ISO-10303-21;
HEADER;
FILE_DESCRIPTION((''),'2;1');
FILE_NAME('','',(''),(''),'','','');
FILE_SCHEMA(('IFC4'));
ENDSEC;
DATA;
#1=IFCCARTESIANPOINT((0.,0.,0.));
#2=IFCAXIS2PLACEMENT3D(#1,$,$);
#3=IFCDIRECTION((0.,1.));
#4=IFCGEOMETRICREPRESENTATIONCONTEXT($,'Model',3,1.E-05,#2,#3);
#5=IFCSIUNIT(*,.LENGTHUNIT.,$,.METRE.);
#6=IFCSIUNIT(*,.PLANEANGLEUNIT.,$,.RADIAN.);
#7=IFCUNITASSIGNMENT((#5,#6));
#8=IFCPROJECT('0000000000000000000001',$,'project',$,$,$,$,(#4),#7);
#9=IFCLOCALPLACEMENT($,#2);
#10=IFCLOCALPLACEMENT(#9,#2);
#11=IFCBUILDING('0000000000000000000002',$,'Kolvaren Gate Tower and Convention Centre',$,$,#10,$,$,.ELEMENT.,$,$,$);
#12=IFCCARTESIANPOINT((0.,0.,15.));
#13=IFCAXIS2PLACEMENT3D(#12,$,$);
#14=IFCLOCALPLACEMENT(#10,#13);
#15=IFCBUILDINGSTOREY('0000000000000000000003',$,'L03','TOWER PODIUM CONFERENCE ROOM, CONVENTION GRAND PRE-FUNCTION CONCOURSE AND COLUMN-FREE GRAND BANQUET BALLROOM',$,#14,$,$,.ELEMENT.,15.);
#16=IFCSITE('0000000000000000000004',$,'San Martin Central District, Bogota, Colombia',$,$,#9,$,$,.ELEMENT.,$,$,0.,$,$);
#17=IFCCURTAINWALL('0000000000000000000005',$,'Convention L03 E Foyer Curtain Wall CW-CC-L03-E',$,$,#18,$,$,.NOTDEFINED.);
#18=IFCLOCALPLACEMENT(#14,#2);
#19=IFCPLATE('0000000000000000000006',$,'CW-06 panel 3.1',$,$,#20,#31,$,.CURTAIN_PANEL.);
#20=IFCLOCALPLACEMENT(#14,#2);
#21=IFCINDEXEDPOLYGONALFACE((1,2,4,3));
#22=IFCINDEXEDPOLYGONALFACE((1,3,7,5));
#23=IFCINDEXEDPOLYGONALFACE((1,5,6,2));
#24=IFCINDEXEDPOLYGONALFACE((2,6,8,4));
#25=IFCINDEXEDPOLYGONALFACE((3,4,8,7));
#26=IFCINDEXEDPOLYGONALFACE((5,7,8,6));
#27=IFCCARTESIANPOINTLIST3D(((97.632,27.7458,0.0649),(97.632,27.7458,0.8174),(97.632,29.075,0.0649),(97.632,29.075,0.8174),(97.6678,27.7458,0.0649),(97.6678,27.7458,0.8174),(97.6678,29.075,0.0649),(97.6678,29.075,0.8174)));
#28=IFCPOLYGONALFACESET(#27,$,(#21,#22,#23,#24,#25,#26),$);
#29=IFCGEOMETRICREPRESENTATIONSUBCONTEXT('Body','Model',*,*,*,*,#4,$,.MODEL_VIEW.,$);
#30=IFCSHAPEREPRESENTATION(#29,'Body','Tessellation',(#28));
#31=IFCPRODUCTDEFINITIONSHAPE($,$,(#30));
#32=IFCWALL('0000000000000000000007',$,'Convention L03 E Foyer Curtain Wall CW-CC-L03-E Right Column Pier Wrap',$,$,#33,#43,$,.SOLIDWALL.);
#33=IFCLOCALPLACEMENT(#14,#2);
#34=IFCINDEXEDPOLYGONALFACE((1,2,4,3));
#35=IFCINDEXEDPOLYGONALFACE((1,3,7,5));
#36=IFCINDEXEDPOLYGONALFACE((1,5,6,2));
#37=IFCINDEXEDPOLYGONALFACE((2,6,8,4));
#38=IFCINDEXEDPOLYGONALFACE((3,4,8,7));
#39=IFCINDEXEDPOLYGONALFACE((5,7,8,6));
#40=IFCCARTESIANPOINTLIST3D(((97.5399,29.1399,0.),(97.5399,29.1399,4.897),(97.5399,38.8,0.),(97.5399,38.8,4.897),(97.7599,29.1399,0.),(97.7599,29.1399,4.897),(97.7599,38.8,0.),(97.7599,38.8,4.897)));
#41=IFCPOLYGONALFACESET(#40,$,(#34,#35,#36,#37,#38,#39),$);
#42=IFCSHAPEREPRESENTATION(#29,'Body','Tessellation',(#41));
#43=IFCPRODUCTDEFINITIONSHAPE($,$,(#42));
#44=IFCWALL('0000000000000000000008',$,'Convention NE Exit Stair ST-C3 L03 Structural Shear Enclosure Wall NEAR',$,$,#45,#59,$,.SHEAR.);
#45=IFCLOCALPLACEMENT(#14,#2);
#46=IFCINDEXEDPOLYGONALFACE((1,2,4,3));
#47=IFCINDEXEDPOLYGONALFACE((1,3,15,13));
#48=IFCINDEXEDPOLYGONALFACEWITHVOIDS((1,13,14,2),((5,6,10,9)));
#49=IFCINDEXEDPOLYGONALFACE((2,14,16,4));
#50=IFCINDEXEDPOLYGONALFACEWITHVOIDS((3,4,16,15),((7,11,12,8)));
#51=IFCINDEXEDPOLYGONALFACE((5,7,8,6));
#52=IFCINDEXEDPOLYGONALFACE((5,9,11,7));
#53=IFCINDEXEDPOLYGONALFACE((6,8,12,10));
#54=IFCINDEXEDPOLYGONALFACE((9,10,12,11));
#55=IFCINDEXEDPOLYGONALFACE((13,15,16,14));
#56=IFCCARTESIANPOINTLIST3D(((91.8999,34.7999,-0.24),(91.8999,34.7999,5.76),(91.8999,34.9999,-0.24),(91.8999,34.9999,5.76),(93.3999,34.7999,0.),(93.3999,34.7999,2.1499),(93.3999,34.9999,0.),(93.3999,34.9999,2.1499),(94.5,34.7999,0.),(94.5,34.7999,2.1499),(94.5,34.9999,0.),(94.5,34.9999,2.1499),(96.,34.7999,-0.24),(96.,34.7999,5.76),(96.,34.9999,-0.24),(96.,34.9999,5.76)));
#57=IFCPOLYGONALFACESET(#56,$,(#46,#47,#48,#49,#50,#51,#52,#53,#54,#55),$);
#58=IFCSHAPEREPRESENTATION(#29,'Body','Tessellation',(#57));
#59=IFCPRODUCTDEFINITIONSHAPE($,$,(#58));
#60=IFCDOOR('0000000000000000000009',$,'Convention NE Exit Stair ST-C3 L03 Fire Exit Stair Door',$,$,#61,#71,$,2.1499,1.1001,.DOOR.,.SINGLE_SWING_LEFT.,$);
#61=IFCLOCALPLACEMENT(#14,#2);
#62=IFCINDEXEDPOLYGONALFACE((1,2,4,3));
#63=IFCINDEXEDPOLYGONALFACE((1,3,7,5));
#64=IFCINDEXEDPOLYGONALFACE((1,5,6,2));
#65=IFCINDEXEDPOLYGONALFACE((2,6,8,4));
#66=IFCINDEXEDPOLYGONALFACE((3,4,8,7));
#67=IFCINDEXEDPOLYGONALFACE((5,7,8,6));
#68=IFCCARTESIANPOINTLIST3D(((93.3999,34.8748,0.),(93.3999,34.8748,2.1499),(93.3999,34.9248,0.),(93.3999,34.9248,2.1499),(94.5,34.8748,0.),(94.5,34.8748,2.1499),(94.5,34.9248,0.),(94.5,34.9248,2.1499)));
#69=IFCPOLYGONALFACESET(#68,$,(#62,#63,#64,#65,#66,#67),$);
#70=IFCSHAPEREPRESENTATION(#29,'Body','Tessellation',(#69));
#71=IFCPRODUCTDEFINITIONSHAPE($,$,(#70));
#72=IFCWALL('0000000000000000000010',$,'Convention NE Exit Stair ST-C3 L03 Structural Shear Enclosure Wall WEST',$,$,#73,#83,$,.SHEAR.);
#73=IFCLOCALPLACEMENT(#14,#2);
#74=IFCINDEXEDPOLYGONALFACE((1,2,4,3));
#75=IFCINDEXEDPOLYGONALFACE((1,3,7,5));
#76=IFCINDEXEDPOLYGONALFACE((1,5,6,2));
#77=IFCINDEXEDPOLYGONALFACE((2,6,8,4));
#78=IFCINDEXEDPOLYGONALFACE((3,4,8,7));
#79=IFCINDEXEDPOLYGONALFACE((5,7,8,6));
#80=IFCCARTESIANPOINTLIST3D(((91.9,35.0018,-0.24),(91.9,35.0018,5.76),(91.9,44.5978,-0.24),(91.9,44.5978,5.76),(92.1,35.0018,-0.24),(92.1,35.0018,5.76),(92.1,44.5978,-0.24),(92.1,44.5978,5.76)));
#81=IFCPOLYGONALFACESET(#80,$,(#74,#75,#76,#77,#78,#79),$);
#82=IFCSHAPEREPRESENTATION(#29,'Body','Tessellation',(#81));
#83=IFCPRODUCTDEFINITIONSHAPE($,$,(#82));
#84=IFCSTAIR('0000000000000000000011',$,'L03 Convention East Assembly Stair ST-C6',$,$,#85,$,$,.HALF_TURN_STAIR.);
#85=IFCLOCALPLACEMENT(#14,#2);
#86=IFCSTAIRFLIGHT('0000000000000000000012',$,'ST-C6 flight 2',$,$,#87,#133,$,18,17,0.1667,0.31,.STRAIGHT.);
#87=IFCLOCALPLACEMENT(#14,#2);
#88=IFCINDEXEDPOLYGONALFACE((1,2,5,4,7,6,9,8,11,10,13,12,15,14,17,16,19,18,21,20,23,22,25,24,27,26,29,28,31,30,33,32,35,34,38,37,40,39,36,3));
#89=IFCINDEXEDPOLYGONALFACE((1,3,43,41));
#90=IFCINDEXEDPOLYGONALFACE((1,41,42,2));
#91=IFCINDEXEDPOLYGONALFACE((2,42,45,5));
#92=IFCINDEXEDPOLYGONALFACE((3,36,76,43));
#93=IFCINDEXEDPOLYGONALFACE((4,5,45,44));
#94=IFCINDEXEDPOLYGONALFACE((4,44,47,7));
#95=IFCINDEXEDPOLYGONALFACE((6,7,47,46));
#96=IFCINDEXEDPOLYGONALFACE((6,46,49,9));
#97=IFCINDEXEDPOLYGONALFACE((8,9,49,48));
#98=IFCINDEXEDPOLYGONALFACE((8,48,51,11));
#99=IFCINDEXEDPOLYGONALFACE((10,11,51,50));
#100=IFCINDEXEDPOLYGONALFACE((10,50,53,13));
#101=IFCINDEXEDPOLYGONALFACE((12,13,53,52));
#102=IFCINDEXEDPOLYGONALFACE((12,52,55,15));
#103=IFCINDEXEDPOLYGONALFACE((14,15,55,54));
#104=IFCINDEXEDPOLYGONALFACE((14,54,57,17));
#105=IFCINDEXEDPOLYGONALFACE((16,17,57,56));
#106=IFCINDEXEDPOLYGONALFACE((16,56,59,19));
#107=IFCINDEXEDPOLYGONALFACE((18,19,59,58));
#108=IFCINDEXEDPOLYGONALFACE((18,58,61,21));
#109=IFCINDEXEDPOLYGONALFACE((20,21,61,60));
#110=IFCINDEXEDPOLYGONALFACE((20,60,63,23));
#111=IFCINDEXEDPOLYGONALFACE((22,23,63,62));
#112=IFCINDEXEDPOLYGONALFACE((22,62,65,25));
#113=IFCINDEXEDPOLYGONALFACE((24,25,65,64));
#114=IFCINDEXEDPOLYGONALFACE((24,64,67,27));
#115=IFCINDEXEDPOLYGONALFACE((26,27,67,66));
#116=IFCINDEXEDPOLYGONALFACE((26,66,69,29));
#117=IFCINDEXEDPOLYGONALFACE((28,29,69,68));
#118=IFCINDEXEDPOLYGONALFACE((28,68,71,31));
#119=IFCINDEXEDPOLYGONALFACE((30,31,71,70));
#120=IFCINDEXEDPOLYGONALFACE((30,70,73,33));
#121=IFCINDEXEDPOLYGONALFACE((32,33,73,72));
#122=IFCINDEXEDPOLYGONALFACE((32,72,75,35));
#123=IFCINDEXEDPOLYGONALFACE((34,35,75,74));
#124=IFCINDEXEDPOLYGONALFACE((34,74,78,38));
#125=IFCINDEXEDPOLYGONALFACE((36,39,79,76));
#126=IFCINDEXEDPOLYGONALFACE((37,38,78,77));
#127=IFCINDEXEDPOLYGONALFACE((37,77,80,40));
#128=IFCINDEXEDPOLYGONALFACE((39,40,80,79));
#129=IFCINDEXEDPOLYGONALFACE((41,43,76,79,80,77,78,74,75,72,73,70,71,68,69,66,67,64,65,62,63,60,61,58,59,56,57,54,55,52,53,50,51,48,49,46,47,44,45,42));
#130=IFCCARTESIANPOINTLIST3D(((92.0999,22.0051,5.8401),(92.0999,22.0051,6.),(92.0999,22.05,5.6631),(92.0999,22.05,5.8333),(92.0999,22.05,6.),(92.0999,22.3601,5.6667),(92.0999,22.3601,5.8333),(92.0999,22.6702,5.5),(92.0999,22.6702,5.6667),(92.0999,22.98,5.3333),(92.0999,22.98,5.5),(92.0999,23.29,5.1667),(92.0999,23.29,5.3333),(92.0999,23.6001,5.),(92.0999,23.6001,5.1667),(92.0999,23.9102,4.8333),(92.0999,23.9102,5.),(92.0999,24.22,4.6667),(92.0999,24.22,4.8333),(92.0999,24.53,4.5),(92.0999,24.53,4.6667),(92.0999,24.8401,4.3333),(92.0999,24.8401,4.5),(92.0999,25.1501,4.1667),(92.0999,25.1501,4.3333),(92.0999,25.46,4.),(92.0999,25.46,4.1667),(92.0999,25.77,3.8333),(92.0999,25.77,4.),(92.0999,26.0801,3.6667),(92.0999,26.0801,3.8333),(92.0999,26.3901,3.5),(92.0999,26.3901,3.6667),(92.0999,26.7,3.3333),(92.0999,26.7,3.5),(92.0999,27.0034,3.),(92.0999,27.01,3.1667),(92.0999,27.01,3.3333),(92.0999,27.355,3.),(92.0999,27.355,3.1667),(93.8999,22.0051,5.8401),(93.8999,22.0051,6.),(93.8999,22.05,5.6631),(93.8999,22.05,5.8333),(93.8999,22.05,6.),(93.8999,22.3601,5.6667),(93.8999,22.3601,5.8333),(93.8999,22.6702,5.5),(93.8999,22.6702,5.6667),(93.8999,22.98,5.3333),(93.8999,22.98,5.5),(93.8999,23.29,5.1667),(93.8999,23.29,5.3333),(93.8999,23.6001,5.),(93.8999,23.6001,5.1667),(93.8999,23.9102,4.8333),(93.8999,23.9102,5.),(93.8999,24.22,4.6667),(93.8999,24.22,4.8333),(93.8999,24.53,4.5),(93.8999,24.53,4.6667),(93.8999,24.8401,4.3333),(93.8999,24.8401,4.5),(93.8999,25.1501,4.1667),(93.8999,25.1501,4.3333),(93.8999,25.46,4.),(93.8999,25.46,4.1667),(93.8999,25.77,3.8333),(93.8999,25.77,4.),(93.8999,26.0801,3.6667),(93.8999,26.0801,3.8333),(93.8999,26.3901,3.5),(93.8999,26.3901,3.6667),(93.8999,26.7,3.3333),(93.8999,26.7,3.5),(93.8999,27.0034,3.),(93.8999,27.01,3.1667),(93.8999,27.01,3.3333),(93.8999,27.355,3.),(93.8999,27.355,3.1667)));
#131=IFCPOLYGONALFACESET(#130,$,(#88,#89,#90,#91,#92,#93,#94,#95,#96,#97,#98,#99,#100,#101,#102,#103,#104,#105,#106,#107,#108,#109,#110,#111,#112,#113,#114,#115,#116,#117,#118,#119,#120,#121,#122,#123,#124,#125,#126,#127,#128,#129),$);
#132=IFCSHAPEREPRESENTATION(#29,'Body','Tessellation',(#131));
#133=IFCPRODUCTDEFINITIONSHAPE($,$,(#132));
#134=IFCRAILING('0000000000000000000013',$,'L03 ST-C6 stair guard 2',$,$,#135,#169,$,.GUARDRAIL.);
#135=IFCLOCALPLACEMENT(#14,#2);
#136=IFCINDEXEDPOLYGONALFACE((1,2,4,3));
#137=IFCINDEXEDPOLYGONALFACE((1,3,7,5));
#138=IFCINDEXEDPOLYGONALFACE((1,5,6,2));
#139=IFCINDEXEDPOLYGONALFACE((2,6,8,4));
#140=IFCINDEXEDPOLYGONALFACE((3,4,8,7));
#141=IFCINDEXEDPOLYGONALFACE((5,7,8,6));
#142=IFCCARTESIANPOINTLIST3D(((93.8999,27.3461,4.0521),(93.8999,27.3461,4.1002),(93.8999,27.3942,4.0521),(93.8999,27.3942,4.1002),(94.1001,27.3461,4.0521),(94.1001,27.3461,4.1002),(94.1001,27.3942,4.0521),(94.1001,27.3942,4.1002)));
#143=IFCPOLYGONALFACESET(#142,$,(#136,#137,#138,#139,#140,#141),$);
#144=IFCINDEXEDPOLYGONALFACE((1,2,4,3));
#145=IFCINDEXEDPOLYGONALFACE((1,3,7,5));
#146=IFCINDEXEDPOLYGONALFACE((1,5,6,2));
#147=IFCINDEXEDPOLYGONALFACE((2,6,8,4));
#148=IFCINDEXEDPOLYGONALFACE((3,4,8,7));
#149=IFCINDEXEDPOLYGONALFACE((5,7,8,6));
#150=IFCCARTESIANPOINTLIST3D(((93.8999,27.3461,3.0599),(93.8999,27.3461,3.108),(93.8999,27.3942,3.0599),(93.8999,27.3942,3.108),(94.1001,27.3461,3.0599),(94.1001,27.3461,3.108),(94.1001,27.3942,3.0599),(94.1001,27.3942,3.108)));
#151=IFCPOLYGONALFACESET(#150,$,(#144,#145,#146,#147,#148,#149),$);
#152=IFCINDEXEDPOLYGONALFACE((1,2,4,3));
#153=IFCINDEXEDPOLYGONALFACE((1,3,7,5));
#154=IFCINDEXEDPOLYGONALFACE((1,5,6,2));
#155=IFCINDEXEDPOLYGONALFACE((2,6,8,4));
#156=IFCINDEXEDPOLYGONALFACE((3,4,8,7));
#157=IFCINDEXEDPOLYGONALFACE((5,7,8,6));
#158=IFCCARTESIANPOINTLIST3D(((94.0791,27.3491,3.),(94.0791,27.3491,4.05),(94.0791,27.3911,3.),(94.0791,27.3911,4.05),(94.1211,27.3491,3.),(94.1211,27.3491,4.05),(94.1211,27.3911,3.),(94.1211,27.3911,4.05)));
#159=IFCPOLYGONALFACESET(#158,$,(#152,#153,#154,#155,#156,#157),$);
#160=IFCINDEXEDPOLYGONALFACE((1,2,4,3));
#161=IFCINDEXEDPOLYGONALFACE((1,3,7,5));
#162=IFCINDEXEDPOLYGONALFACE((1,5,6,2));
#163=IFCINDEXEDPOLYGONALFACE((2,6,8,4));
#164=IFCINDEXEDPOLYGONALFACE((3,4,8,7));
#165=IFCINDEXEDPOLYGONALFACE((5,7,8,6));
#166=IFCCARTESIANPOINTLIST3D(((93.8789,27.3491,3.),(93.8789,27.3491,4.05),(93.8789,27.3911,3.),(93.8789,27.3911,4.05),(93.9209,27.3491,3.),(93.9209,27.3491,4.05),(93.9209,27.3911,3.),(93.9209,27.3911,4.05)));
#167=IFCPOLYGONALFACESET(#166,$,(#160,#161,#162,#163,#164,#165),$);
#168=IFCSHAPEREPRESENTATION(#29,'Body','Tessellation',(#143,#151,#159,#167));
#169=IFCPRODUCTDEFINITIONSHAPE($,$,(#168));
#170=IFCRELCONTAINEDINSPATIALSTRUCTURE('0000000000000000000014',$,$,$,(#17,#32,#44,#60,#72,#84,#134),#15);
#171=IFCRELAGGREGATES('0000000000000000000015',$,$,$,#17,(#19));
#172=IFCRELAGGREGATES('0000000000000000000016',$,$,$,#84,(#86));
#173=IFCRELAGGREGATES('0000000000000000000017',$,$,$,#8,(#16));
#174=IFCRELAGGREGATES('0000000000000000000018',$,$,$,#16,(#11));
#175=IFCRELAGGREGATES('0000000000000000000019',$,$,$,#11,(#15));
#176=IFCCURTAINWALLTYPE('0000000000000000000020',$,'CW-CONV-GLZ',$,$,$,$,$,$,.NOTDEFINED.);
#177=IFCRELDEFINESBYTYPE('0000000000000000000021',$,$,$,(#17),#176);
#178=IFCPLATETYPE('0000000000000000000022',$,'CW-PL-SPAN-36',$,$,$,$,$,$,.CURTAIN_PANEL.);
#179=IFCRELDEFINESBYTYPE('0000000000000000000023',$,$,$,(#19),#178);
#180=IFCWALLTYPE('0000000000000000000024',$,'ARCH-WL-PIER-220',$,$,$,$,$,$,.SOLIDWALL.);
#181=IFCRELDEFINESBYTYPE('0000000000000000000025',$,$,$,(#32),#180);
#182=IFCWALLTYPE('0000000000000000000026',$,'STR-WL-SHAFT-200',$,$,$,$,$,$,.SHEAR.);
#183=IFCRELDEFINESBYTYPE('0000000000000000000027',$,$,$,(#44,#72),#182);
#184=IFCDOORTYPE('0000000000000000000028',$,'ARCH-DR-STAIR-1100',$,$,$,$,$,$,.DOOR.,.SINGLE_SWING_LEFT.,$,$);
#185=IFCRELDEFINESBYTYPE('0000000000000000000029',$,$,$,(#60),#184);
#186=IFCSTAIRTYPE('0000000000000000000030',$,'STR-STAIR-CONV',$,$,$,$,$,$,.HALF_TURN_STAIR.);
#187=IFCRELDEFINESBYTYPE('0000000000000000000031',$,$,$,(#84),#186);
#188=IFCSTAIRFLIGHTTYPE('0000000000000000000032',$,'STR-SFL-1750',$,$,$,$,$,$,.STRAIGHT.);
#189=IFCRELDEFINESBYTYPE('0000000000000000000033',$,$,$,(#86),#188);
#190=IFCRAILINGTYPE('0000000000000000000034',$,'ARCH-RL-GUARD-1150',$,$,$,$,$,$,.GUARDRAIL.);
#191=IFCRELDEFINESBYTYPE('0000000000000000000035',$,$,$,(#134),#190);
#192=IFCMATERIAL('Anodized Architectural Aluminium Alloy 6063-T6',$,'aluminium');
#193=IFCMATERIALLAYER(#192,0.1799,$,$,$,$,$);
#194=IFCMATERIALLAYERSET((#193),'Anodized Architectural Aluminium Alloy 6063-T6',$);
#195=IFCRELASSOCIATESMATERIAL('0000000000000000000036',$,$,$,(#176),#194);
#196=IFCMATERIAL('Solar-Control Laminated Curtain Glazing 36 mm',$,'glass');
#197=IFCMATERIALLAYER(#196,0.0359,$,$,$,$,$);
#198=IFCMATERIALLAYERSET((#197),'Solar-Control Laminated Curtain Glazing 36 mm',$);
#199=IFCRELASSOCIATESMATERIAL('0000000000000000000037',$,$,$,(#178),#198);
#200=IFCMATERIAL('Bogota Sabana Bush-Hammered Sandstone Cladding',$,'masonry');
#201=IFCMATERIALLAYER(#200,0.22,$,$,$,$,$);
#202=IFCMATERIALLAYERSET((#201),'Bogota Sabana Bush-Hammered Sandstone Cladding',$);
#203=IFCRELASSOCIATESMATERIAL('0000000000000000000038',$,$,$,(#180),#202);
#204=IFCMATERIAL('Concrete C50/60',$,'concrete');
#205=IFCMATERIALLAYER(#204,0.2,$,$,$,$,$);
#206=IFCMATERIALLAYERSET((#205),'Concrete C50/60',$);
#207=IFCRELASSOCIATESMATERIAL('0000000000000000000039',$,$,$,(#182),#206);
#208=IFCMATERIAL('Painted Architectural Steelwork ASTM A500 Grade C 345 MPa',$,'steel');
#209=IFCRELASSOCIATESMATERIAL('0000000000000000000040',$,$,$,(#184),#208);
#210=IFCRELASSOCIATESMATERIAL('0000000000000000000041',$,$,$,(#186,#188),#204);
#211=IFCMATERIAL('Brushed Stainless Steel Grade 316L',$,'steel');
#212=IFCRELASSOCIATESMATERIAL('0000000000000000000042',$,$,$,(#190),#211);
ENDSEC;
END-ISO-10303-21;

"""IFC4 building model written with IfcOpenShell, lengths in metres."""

from ifc_helpers import new_model, si_unit, direction, frame, frame_2d, origin, origin_2d, place, context, subcontext, project, spatial, polyline, rectangle, outline, extrude, material, layer, layer_set, type_object, element, fill, aggregate, save


model = new_model("IFC4")

# Units and contexts
model_context = context("Model", 3, precision=1e-05, world=origin(), true_north=direction((0.0, 1.0)))
body_context = subcontext(model_context, "Body", "Model", "MODEL_VIEW")
ifc_project = project(units=[si_unit("LENGTHUNIT", "METRE"), si_unit("PLANEANGLEUNIT", "RADIAN")], contexts=[model_context])

# Site, building, storey
site_placement = place(None, origin())
site = spatial("IfcSite", under=ifc_project, at=site_placement, Name="San Martin Central District, Bogota, Colombia", CompositionType="ELEMENT", RefElevation=0.0)
building_placement = place(site_placement, origin())
building = spatial("IfcBuilding", under=site, at=building_placement, Name="Kolvaren Gate Tower and Convention Centre", CompositionType="ELEMENT")
storey_placement = place(building_placement, frame((0.0, 0.0, 15.0)))
storey = spatial("IfcBuildingStorey", under=building, at=storey_placement, Name="L03", Description="TOWER PODIUM CONFERENCE ROOM, CONVENTION GRAND PRE-FUNCTION CONCOURSE AND COLUMN-FREE GRAND BANQUET BALLROOM", CompositionType="ELEMENT", Elevation=15.0)

# Curtain wall
ifc_material_1 = material(Name="Anodized Architectural Aluminium Alloy 6063-T6", Category="aluminium")
ifc_layer_1 = layer(ifc_material_1, 0.1799)
ifc_layer_set_1 = layer_set([ifc_layer_1], Name="Anodized Architectural Aluminium Alloy 6063-T6")
curtain_wall_type = type_object("IfcCurtainWallType", Name="CW-CONV-GLZ", PredefinedType="NOTDEFINED", material=ifc_layer_set_1)
curtain_wall_placement = place(storey_placement, origin())
curtain_wall = element("IfcCurtainWall", 1, at=curtain_wall_placement, inside=storey, type_object=curtain_wall_type, Name="Convention L03 E Foyer Curtain Wall CW-CC-L03-E", PredefinedType="NOTDEFINED")

# Plate
ifc_material_2 = material(Name="Solar-Control Laminated Curtain Glazing 36 mm", Category="glass")
ifc_layer_2 = layer(ifc_material_2, 0.0359)
ifc_layer_set_2 = layer_set([ifc_layer_2], Name="Solar-Control Laminated Curtain Glazing 36 mm")
plate_type_1 = type_object("IfcPlateType", Name="CW-PL-SPAN-36", PredefinedType="CURTAIN_PANEL", material=ifc_layer_set_2)
plate_1_placement = place(storey_placement, frame((97.6499, 28.4104, 0.0649), z_axis=(0.0, 0.0, 1.0), x_axis=(0.0, 1.0, 0.0)))
plate_1 = element("IfcPlate", 2, at=plate_1_placement, type_object=plate_type_1, Name="CW-06 panel 3.1", PredefinedType="CURTAIN_PANEL", context=body_context, shape_type="SweptSolid", body=[
    extrude(rectangle(XDim=1.3291, YDim=0.0359, at=origin_2d()), origin(), (0.0, 0.0, 1.0), 0.7524),
])
aggregate(curtain_wall, [plate_1])

# Wall
ifc_material_3 = material(Name="Bogota Sabana Bush-Hammered Sandstone Cladding", Category="masonry")
ifc_layer_3 = layer(ifc_material_3, 0.22)
ifc_layer_set_3 = layer_set([ifc_layer_3], Name="Bogota Sabana Bush-Hammered Sandstone Cladding")
wall_type_1 = type_object("IfcWallType", Name="ARCH-WL-PIER-220", PredefinedType="SOLIDWALL", material=ifc_layer_set_3)
wall_1_placement = place(storey_placement, frame((97.6499, 29.1399, 0.0), z_axis=(0.0, 0.0, 1.0), x_axis=(0.0, 1.0, 0.0)))
element("IfcWall", 3, at=wall_1_placement, inside=storey, type_object=wall_type_1, Name="Convention L03 E Foyer Curtain Wall CW-CC-L03-E Right Column Pier Wrap", PredefinedType="SOLIDWALL", context=body_context, shape_type="SweptSolid", body=[
    extrude(rectangle(XDim=9.6602, YDim=0.22, at=frame_2d((4.8301, 0.0))), origin(), (0.0, 0.0, 1.0), 4.897),
])

# Wall, opening, door
ifc_material_4 = material(Name="Concrete C50/60", Category="concrete")
ifc_layer_4 = layer(ifc_material_4, 0.2)
ifc_layer_set_4 = layer_set([ifc_layer_4], Name="Concrete C50/60")
wall_type_2 = type_object("IfcWallType", Name="STR-WL-SHAFT-200", PredefinedType="SHEAR", material=ifc_layer_set_4)
wall_2_placement = place(storey_placement, frame((91.8999, 34.8999, -0.24), z_axis=(0.0, 0.0, 1.0), x_axis=(1.0, 0.0, 0.0)))
wall_2 = element("IfcWall", 4, at=wall_2_placement, inside=storey, type_object=wall_type_2, Name="Convention NE Exit Stair ST-C3 L03 Structural Shear Enclosure Wall NEAR", PredefinedType="SHEAR", context=body_context, shape_type="SweptSolid", body=[
    extrude(rectangle(XDim=4.1001, YDim=0.2, at=frame_2d((2.05, 0.0))), origin(), (0.0, 0.0, 1.0), 6.0),
])
opening_placement = place(wall_2_placement, frame((1.5, 0.0, 0.24)))
opening = element("IfcOpeningElement", 5, at=opening_placement, cuts=wall_2, PredefinedType="OPENING", context=body_context, shape_type="SweptSolid", body=[
    extrude(rectangle(XDim=1.1001, YDim=2.1499, at=frame_2d((0.55, 1.075))), frame((0.0, 0.1099, 0.0), z_axis=(0.0, -1.0, 0.0), x_axis=(1.0, 0.0, 0.0)), (0.0, 0.0, 1.0), 0.22),
])
ifc_material_5 = material(Name="Painted Architectural Steelwork ASTM A500 Grade C 345 MPa", Category="steel")
door_type = type_object("IfcDoorType", Name="ARCH-DR-STAIR-1100", OperationType="SINGLE_SWING_LEFT", PredefinedType="DOOR", material=ifc_material_5)
door_placement = place(opening_placement, origin())
door = element("IfcDoor", 6, at=door_placement, inside=storey, type_object=door_type, Name="Convention NE Exit Stair ST-C3 L03 Fire Exit Stair Door", OperationType="SINGLE_SWING_LEFT", OverallHeight=2.1499, OverallWidth=1.1001, PredefinedType="DOOR", context=body_context, shape_type="SweptSolid", body=[
    extrude(rectangle(XDim=1.1001, YDim=2.1499, at=frame_2d((0.55, 1.075))), frame((0.0, 0.0249, 0.0), z_axis=(0.0, -1.0, 0.0), x_axis=(1.0, 0.0, 0.0)), (0.0, 0.0, 1.0), 0.05),
])
fill(opening, door)

# Wall
wall_3_placement = place(storey_placement, frame((92.0, 35.002, -0.24), z_axis=(0.0, 0.0, 1.0), x_axis=(0.0, 1.0, 0.0)))
element("IfcWall", 7, at=wall_3_placement, inside=storey, type_object=wall_type_2, Name="Convention NE Exit Stair ST-C3 L03 Structural Shear Enclosure Wall WEST", PredefinedType="SHEAR", context=body_context, shape_type="SweptSolid", body=[
    extrude(rectangle(XDim=9.5959, YDim=0.2, at=frame_2d((4.7979, 0.0))), origin(), (0.0, 0.0, 1.0), 6.0),
])

# Stair, stair flight
stair_type = type_object("IfcStairType", Name="STR-STAIR-CONV", PredefinedType="HALF_TURN_STAIR", material=ifc_material_4)
stair_placement = place(storey_placement, origin())
stair = element("IfcStair", 8, at=stair_placement, inside=storey, type_object=stair_type, Name="L03 Convention East Assembly Stair ST-C6", PredefinedType="HALF_TURN_STAIR")
stair_flight_type = type_object("IfcStairFlightType", Name="STR-SFL-1750", PredefinedType="STRAIGHT", material=ifc_material_4)
stair_flight_placement = place(storey_placement, frame((93.0, 27.3201, 3.0), z_axis=(0.0, 0.0, 1.0), x_axis=(0.0, -1.0, 0.0)))
stair_flight = element("IfcStairFlight", 9, at=stair_flight_placement, type_object=stair_flight_type, Name="ST-C6 flight 2", NumberOfRisers=18, NumberOfTreads=17, PredefinedType="STRAIGHT", RiserHeight=0.1667, TreadLength=0.31, context=body_context, shape_type="SweptSolid", body=[
    extrude(outline(polyline([(-0.0349, 0.0), (-0.0349, 0.1667), (0.3101, 0.1667), (0.3101, 0.3333), (0.6201, 0.3333), (0.6201, 0.5), (0.9299, 0.5), (0.9299, 0.6667), (1.24, 0.6667), (1.24, 0.8333), (1.55, 0.8333), (1.55, 1.0), (1.8601, 1.0), (1.8601, 1.1667), (2.1699, 1.1667), (2.1699, 1.3333), (2.48, 1.3333), (2.48, 1.5), (2.79, 1.5), (2.79, 1.6667), (3.1001, 1.6667), (3.1001, 1.8333), (3.4099, 1.8333), (3.4099, 2.0), (3.72, 2.0), (3.72, 2.1667), (4.03, 2.1667), (4.03, 2.3333), (4.3401, 2.3333), (4.3401, 2.5), (4.6499, 2.5), (4.6499, 2.6667), (4.96, 2.6667), (4.96, 2.8333), (5.27, 2.8333), (5.27, 3.0), (5.3149, 3.0), (5.3149, 2.8401), (5.27, 2.6631), (0.3167, 0.0), (-0.0349, 0.0)])), frame((0.0, 0.8999, 0.0), z_axis=(0.0, -1.0, 0.0), x_axis=(1.0, 0.0, 0.0)), (0.0, 0.0, 1.0), 1.8),
])
aggregate(stair, [stair_flight])

# Railing
ifc_material_6 = material(Name="Brushed Stainless Steel Grade 316L", Category="steel")
railing_type_1 = type_object("IfcRailingType", Name="ARCH-RL-GUARD-1150", PredefinedType="GUARDRAIL", material=ifc_material_6)
railing_1_placement = place(storey_placement, frame((94.1001, 27.3701, 3.0)))
element("IfcRailing", 10, at=railing_1_placement, inside=storey, type_object=railing_type_1, Name="L03 ST-C6 stair guard 2", PredefinedType="GUARDRAIL", context=body_context, shape_type="SweptSolid", body=[
    extrude(rectangle(XDim=0.0481, YDim=0.0481, at=origin_2d()), frame((0.0, 0.0, 1.0762), z_axis=(-1.0, 0.0, 0.0), x_axis=(0.0, -1.0, 0.0)), (0.0, 0.0, 1.0), 0.2002),
    extrude(rectangle(XDim=0.0481, YDim=0.0481, at=origin_2d()), frame((0.0, 0.0, 0.084), z_axis=(-1.0, 0.0, 0.0), x_axis=(0.0, -1.0, 0.0)), (0.0, 0.0, 1.0), 0.2002),
    extrude(rectangle(XDim=0.042, YDim=0.042, at=origin_2d()), origin(), (0.0, 0.0, 1.0), 1.05),
    extrude(rectangle(XDim=0.042, YDim=0.042, at=origin_2d()), frame((-0.2002, 0.0, 0.0)), (0.0, 0.0, 1.0), 1.05),
])

save(model, "model.ifc")
